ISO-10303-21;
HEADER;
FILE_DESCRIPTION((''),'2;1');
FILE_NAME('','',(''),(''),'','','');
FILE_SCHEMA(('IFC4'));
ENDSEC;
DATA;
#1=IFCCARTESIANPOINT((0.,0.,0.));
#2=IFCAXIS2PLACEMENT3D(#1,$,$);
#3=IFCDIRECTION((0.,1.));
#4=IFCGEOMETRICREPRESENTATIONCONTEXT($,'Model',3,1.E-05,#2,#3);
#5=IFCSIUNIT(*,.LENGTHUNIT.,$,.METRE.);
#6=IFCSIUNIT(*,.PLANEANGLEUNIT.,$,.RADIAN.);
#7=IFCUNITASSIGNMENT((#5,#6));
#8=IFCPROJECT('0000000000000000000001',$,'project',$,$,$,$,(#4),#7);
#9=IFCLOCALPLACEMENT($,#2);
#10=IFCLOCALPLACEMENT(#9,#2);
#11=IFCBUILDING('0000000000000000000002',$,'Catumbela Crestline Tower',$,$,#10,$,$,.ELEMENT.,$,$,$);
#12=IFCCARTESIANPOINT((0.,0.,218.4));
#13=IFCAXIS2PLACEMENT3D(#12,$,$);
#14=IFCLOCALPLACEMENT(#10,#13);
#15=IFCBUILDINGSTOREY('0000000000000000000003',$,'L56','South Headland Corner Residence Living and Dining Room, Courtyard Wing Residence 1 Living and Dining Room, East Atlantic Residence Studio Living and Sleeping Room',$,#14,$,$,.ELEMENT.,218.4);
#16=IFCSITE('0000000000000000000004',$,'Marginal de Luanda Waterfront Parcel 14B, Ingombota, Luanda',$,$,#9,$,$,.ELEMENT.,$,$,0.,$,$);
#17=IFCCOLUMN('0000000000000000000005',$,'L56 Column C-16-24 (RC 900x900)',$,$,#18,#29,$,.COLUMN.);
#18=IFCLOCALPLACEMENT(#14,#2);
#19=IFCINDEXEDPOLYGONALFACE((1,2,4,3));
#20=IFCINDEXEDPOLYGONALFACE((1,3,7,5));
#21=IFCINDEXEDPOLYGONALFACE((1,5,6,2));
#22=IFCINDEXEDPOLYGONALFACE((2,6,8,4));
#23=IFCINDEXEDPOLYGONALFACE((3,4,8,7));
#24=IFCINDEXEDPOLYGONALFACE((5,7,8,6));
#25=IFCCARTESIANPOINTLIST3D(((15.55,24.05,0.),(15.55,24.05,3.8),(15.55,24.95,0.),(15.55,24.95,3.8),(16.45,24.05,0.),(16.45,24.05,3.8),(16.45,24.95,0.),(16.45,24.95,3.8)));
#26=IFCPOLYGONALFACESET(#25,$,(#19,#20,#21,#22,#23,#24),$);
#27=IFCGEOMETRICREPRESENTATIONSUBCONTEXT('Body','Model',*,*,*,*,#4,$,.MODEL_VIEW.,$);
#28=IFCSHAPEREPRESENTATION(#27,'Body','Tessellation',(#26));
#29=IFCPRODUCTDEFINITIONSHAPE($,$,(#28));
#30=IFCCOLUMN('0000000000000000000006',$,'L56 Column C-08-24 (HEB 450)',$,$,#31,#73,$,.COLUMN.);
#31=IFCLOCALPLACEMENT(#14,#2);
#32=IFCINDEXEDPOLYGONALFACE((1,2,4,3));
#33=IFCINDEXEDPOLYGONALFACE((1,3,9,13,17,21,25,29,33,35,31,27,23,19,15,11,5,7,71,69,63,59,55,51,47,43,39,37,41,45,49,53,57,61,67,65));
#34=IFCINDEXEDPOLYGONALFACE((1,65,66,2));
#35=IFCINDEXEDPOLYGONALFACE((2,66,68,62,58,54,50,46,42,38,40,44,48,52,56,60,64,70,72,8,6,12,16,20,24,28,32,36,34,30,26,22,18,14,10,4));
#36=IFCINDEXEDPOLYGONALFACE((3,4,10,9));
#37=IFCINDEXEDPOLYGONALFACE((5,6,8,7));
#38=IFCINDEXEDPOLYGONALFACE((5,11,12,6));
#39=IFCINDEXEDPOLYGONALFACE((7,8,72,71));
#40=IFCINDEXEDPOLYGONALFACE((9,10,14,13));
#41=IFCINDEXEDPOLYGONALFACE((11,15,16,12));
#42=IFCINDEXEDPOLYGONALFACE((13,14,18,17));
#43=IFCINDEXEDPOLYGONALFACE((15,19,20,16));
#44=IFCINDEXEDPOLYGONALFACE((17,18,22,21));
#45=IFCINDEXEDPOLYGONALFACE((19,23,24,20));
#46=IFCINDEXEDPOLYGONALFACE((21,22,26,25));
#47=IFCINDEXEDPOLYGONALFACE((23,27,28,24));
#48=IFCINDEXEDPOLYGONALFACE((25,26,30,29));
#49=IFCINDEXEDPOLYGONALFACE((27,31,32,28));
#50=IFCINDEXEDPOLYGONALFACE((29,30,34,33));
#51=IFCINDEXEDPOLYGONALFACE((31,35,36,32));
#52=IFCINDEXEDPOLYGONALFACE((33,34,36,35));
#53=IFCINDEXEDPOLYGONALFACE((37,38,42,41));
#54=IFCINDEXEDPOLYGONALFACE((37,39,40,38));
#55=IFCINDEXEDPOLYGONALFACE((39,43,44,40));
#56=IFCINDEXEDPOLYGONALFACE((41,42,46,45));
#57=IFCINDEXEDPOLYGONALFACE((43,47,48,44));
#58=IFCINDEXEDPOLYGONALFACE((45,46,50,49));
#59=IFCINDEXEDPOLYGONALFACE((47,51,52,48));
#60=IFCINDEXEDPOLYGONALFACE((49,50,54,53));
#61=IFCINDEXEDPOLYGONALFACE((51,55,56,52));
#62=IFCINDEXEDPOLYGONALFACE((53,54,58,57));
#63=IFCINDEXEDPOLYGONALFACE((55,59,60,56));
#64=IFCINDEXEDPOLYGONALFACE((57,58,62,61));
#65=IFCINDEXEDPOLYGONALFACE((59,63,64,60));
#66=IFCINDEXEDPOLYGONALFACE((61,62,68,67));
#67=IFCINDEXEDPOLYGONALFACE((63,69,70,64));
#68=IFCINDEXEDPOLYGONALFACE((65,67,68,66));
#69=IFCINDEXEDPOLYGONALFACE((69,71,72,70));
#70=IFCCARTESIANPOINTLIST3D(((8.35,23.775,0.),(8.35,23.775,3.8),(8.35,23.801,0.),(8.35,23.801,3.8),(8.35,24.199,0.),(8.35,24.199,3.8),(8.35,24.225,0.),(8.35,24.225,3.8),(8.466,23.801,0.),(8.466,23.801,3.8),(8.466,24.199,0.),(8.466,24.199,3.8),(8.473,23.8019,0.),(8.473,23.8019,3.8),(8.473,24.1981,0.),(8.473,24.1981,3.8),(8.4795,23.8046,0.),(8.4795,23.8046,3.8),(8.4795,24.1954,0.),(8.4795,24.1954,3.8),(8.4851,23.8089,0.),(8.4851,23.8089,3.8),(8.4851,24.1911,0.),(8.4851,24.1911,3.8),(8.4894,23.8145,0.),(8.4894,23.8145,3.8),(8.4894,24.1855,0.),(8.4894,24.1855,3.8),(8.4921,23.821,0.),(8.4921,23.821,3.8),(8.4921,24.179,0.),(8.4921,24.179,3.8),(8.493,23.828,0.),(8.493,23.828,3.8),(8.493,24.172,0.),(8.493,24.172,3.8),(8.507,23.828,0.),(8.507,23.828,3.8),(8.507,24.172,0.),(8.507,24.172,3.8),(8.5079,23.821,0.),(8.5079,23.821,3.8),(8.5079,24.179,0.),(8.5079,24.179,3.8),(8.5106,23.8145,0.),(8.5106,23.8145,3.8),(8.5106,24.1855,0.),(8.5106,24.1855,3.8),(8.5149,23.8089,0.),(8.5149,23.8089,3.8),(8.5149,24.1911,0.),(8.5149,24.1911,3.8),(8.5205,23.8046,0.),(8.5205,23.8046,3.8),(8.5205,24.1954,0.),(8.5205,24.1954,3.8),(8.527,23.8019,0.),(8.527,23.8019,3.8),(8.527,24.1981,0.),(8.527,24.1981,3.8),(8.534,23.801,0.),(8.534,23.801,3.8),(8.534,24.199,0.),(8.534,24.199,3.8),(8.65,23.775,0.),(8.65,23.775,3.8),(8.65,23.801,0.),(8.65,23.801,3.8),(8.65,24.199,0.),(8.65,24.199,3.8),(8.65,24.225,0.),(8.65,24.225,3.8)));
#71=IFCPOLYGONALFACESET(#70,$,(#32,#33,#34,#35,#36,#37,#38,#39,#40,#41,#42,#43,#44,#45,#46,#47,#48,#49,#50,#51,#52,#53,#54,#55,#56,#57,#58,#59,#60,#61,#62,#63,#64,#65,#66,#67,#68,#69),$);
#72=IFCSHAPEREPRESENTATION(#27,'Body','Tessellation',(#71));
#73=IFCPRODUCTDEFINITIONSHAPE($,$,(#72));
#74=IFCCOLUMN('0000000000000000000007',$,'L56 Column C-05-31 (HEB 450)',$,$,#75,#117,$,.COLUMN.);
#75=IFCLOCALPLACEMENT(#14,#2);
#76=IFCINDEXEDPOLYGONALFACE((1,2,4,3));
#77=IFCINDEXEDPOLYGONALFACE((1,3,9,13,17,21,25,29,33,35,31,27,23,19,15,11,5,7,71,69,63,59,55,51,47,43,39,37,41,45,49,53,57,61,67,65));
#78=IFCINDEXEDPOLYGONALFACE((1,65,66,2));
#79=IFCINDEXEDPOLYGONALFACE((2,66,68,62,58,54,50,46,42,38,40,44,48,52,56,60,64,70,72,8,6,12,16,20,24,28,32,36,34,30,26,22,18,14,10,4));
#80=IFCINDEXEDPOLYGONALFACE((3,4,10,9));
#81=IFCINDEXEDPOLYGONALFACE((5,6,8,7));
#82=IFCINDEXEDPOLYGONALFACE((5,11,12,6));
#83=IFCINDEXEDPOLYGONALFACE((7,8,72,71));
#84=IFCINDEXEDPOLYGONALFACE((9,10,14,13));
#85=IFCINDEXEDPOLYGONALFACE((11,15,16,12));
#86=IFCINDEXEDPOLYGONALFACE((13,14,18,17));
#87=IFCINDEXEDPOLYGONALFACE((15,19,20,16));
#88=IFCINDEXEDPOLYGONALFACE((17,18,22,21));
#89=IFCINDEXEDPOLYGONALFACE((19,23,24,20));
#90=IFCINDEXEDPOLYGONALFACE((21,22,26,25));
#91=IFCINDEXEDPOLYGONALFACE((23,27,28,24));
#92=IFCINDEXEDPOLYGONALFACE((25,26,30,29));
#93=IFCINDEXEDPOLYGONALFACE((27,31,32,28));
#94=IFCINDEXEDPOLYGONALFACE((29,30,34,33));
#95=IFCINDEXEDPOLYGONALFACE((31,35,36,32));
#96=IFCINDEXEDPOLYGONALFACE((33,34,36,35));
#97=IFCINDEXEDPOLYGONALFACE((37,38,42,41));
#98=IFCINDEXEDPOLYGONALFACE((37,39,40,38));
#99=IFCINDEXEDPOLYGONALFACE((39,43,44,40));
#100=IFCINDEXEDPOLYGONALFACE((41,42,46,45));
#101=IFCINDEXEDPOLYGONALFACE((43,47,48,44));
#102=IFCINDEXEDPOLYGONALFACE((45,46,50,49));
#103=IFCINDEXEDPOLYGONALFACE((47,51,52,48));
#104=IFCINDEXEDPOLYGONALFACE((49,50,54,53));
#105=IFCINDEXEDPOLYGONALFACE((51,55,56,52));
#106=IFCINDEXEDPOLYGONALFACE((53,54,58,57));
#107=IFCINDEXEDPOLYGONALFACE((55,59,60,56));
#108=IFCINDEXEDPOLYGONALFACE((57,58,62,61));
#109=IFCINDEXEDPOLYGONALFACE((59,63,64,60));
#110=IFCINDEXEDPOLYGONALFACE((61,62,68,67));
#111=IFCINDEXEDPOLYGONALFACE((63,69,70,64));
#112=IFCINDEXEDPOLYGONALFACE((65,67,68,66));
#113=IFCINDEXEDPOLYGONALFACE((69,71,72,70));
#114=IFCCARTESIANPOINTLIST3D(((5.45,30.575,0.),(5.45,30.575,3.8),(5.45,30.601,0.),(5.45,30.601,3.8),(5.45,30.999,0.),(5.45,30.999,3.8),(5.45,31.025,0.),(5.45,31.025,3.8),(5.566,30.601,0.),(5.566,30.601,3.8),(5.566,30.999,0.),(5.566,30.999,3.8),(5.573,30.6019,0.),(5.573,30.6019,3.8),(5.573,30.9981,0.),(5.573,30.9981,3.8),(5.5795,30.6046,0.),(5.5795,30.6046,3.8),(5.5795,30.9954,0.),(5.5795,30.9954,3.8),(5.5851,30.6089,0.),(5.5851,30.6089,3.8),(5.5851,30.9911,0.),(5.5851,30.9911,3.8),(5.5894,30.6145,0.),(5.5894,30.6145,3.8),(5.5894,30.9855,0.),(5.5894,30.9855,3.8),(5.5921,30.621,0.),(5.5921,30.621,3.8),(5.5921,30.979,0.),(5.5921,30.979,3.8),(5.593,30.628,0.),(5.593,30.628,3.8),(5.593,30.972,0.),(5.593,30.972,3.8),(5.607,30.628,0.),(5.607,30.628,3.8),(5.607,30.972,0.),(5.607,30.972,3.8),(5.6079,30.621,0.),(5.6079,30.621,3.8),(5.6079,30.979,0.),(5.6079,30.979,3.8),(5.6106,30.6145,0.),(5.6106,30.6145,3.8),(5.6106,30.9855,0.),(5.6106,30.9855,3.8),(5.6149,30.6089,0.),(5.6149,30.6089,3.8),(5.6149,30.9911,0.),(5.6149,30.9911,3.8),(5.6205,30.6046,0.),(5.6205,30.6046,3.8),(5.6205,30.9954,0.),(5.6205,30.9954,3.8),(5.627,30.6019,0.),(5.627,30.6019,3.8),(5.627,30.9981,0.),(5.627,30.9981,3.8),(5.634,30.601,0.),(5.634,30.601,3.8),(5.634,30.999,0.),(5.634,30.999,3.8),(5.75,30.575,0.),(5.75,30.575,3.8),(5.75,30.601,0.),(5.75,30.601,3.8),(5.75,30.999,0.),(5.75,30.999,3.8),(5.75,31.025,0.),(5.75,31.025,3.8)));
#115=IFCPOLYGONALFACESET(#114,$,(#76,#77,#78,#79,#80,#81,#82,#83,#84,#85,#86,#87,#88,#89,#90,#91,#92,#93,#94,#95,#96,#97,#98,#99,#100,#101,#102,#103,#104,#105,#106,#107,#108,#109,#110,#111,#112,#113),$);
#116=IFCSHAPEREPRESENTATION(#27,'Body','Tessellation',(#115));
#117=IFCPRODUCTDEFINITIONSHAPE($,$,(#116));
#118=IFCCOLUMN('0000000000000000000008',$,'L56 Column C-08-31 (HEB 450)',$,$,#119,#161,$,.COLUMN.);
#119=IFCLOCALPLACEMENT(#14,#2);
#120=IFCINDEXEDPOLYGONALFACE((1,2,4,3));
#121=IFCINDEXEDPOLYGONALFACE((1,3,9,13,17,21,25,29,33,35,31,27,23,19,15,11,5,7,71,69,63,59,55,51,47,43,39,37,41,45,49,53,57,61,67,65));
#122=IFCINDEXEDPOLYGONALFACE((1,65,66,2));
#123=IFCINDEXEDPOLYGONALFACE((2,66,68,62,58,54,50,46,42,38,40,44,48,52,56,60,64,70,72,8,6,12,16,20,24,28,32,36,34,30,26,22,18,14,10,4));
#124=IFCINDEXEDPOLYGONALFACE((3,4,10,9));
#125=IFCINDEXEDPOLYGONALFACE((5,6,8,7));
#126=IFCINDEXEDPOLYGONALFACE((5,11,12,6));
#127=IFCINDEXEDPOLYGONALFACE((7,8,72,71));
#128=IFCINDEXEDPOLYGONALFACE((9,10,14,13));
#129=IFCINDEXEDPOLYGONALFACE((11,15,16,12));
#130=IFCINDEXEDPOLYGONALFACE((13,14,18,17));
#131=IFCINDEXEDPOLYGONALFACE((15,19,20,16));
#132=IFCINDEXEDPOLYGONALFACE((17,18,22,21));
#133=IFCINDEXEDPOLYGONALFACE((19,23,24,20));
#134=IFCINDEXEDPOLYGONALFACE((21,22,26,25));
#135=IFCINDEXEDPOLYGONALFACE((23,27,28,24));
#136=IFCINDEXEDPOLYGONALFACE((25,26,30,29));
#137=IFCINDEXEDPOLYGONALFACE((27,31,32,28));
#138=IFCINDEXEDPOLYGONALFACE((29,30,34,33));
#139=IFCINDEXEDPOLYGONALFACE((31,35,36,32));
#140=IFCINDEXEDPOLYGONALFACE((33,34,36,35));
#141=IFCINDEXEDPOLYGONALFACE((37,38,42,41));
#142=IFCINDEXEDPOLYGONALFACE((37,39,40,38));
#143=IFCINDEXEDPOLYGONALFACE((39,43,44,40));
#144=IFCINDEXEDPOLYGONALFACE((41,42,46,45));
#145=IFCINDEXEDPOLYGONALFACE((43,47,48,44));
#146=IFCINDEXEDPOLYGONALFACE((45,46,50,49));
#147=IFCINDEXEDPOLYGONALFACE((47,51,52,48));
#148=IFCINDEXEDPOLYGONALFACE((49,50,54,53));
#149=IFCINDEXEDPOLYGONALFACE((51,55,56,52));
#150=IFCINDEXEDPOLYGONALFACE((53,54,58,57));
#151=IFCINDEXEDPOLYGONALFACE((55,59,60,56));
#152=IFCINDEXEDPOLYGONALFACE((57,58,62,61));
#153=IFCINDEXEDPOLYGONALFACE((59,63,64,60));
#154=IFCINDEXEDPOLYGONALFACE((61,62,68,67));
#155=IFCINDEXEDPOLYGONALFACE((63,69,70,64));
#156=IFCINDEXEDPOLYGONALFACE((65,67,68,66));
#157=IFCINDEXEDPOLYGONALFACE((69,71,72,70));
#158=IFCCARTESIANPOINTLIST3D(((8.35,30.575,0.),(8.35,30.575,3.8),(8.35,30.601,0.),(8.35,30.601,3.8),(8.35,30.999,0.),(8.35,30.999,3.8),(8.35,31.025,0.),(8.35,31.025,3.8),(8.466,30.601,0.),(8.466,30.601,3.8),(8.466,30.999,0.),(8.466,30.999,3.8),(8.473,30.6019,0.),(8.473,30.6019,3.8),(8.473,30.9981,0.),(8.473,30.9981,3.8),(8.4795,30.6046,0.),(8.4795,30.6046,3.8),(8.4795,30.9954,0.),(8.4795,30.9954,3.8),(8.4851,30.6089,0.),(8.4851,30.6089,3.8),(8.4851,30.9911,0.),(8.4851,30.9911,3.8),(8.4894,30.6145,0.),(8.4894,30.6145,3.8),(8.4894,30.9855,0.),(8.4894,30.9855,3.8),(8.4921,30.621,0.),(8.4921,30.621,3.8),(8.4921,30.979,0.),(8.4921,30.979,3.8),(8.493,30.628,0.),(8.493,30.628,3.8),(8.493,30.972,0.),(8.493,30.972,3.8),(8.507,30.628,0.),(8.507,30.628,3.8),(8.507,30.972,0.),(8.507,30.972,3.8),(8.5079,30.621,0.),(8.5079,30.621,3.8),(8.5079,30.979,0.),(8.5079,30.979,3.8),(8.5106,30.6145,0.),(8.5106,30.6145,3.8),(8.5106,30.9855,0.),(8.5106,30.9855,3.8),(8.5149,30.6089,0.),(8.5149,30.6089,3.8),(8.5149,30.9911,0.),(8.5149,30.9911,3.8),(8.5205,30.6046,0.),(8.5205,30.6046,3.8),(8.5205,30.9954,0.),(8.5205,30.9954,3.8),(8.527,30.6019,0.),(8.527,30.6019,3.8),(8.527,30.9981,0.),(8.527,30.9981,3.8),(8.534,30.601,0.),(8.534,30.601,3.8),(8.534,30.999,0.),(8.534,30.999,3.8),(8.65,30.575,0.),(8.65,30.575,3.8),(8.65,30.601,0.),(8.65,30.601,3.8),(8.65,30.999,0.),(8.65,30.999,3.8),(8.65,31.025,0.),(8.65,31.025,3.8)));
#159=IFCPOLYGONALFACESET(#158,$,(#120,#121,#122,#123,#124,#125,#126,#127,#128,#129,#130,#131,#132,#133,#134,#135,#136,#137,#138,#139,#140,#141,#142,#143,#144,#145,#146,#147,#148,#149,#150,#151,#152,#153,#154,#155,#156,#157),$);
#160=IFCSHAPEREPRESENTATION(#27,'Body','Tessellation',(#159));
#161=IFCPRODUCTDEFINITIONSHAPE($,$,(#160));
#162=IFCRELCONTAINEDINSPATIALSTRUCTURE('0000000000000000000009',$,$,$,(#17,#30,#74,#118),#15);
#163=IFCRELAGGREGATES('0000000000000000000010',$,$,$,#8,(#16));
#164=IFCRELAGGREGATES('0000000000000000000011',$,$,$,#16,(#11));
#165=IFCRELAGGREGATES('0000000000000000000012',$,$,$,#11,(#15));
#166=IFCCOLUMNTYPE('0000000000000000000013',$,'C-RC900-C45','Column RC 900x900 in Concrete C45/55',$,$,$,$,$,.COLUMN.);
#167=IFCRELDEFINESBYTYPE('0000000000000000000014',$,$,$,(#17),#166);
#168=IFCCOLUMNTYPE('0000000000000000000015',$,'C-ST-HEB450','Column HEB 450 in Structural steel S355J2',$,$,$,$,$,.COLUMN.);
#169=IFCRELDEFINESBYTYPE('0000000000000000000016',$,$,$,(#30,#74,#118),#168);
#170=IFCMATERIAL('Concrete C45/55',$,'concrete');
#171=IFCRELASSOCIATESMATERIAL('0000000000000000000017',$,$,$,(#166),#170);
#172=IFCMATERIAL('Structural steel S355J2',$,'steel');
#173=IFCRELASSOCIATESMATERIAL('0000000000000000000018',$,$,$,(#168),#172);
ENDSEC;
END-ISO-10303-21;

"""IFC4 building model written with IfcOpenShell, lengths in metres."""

from ifc_helpers import new_model, si_unit, direction, frame, origin, origin_2d, place, context, subcontext, project, spatial, rectangle, i_section, extrude, material, material_profile, profile_set, type_object, element, save


model = new_model("IFC4")

# Units and contexts
model_context = context("Model", 3, precision=1e-05, world=origin(), true_north=direction((0.0, 1.0)))
body_context = subcontext(model_context, "Body", "Model", "MODEL_VIEW")
ifc_project = project(units=[si_unit("LENGTHUNIT", "METRE"), si_unit("PLANEANGLEUNIT", "RADIAN")], contexts=[model_context])

# Site, building, storey
site_placement = place(None, origin())
site = spatial("IfcSite", under=ifc_project, at=site_placement, Name="Marginal de Luanda Waterfront Parcel 14B, Ingombota, Luanda", CompositionType="ELEMENT", RefElevation=0.0)
building_placement = place(site_placement, origin())
building = spatial("IfcBuilding", under=site, at=building_placement, Name="Catumbela Crestline Tower", CompositionType="ELEMENT")
storey_placement = place(building_placement, frame((0.0, 0.0, 218.4)))
storey = spatial("IfcBuildingStorey", under=building, at=storey_placement, Name="L56", Description="South Headland Corner Residence Living and Dining Room, Courtyard Wing Residence 1 Living and Dining Room, East Atlantic Residence Studio Living and Sleeping Room", CompositionType="ELEMENT", Elevation=218.4)

# Columns
ifc_material_1 = material(Name="Concrete C45/55", Category="concrete")
ifc_material_profile_1 = material_profile(ifc_material_1, rectangle(XDim=0.9, YDim=0.9, at=origin_2d()), Name="RC 900x900")
ifc_profile_set_1 = profile_set([ifc_material_profile_1], Name="Concrete C45/55")
column_type_1 = type_object("IfcColumnType", Name="C-RC900-C45", Description="Column RC 900x900 in Concrete C45/55", PredefinedType="COLUMN", material=ifc_profile_set_1)
column_placement = place(storey_placement, frame((16.0, 24.5, 0.0), z_axis=(0.0, 0.0, 1.0), x_axis=(1.0, 0.0, 0.0)))
element("IfcColumn", 1, at=column_placement, inside=storey, type_object=column_type_1, Name="L56 Column C-16-24 (RC 900x900)", PredefinedType="COLUMN", context=body_context, shape_type="SweptSolid", body=[
    extrude(rectangle(XDim=0.9, YDim=0.9, at=origin_2d()), origin(), (0.0, 0.0, 1.0), 3.8),
])
ifc_material_2 = material(Name="Structural steel S355J2", Category="steel")
ifc_material_profile_2 = material_profile(ifc_material_2, i_section(OverallWidth=0.3, OverallDepth=0.45, WebThickness=0.014, FlangeThickness=0.026, FilletRadius=0.027, at=origin_2d()), Name="HEB 450")
ifc_profile_set_2 = profile_set([ifc_material_profile_2], Name="Structural steel S355J2")
column_type_2 = type_object("IfcColumnType", Name="C-ST-HEB450", Description="Column HEB 450 in Structural steel S355J2", PredefinedType="COLUMN", material=ifc_profile_set_2)
for number, where, z_axis, x_axis, name in (
    (2, (8.5, 24.0, 0.0), (0.0, 0.0, 1.0), (1.0, 0.0, 0.0), "L56 Column C-08-24 (HEB 450)"),
    (3, (5.6, 30.8, 0.0), (0.0, 0.0, 1.0), (1.0, 0.0, 0.0), "L56 Column C-05-31 (HEB 450)"),
    (4, (8.5, 30.8, 0.0), (0.0, 0.0, 1.0), (1.0, 0.0, 0.0), "L56 Column C-08-31 (HEB 450)"),
):
    element("IfcColumn", number, at=place(storey_placement, frame(where, z_axis=z_axis, x_axis=x_axis)), inside=storey, type_object=column_type_2, Name=name, PredefinedType="COLUMN", context=body_context, shape_type="SweptSolid", body=[
        extrude(i_section(OverallWidth=0.3, OverallDepth=0.45, WebThickness=0.014, FlangeThickness=0.026, FilletRadius=0.027, at=origin_2d()), origin(), (0.0, 0.0, 1.0), 3.8),
    ])

save(model, "model.ifc")
